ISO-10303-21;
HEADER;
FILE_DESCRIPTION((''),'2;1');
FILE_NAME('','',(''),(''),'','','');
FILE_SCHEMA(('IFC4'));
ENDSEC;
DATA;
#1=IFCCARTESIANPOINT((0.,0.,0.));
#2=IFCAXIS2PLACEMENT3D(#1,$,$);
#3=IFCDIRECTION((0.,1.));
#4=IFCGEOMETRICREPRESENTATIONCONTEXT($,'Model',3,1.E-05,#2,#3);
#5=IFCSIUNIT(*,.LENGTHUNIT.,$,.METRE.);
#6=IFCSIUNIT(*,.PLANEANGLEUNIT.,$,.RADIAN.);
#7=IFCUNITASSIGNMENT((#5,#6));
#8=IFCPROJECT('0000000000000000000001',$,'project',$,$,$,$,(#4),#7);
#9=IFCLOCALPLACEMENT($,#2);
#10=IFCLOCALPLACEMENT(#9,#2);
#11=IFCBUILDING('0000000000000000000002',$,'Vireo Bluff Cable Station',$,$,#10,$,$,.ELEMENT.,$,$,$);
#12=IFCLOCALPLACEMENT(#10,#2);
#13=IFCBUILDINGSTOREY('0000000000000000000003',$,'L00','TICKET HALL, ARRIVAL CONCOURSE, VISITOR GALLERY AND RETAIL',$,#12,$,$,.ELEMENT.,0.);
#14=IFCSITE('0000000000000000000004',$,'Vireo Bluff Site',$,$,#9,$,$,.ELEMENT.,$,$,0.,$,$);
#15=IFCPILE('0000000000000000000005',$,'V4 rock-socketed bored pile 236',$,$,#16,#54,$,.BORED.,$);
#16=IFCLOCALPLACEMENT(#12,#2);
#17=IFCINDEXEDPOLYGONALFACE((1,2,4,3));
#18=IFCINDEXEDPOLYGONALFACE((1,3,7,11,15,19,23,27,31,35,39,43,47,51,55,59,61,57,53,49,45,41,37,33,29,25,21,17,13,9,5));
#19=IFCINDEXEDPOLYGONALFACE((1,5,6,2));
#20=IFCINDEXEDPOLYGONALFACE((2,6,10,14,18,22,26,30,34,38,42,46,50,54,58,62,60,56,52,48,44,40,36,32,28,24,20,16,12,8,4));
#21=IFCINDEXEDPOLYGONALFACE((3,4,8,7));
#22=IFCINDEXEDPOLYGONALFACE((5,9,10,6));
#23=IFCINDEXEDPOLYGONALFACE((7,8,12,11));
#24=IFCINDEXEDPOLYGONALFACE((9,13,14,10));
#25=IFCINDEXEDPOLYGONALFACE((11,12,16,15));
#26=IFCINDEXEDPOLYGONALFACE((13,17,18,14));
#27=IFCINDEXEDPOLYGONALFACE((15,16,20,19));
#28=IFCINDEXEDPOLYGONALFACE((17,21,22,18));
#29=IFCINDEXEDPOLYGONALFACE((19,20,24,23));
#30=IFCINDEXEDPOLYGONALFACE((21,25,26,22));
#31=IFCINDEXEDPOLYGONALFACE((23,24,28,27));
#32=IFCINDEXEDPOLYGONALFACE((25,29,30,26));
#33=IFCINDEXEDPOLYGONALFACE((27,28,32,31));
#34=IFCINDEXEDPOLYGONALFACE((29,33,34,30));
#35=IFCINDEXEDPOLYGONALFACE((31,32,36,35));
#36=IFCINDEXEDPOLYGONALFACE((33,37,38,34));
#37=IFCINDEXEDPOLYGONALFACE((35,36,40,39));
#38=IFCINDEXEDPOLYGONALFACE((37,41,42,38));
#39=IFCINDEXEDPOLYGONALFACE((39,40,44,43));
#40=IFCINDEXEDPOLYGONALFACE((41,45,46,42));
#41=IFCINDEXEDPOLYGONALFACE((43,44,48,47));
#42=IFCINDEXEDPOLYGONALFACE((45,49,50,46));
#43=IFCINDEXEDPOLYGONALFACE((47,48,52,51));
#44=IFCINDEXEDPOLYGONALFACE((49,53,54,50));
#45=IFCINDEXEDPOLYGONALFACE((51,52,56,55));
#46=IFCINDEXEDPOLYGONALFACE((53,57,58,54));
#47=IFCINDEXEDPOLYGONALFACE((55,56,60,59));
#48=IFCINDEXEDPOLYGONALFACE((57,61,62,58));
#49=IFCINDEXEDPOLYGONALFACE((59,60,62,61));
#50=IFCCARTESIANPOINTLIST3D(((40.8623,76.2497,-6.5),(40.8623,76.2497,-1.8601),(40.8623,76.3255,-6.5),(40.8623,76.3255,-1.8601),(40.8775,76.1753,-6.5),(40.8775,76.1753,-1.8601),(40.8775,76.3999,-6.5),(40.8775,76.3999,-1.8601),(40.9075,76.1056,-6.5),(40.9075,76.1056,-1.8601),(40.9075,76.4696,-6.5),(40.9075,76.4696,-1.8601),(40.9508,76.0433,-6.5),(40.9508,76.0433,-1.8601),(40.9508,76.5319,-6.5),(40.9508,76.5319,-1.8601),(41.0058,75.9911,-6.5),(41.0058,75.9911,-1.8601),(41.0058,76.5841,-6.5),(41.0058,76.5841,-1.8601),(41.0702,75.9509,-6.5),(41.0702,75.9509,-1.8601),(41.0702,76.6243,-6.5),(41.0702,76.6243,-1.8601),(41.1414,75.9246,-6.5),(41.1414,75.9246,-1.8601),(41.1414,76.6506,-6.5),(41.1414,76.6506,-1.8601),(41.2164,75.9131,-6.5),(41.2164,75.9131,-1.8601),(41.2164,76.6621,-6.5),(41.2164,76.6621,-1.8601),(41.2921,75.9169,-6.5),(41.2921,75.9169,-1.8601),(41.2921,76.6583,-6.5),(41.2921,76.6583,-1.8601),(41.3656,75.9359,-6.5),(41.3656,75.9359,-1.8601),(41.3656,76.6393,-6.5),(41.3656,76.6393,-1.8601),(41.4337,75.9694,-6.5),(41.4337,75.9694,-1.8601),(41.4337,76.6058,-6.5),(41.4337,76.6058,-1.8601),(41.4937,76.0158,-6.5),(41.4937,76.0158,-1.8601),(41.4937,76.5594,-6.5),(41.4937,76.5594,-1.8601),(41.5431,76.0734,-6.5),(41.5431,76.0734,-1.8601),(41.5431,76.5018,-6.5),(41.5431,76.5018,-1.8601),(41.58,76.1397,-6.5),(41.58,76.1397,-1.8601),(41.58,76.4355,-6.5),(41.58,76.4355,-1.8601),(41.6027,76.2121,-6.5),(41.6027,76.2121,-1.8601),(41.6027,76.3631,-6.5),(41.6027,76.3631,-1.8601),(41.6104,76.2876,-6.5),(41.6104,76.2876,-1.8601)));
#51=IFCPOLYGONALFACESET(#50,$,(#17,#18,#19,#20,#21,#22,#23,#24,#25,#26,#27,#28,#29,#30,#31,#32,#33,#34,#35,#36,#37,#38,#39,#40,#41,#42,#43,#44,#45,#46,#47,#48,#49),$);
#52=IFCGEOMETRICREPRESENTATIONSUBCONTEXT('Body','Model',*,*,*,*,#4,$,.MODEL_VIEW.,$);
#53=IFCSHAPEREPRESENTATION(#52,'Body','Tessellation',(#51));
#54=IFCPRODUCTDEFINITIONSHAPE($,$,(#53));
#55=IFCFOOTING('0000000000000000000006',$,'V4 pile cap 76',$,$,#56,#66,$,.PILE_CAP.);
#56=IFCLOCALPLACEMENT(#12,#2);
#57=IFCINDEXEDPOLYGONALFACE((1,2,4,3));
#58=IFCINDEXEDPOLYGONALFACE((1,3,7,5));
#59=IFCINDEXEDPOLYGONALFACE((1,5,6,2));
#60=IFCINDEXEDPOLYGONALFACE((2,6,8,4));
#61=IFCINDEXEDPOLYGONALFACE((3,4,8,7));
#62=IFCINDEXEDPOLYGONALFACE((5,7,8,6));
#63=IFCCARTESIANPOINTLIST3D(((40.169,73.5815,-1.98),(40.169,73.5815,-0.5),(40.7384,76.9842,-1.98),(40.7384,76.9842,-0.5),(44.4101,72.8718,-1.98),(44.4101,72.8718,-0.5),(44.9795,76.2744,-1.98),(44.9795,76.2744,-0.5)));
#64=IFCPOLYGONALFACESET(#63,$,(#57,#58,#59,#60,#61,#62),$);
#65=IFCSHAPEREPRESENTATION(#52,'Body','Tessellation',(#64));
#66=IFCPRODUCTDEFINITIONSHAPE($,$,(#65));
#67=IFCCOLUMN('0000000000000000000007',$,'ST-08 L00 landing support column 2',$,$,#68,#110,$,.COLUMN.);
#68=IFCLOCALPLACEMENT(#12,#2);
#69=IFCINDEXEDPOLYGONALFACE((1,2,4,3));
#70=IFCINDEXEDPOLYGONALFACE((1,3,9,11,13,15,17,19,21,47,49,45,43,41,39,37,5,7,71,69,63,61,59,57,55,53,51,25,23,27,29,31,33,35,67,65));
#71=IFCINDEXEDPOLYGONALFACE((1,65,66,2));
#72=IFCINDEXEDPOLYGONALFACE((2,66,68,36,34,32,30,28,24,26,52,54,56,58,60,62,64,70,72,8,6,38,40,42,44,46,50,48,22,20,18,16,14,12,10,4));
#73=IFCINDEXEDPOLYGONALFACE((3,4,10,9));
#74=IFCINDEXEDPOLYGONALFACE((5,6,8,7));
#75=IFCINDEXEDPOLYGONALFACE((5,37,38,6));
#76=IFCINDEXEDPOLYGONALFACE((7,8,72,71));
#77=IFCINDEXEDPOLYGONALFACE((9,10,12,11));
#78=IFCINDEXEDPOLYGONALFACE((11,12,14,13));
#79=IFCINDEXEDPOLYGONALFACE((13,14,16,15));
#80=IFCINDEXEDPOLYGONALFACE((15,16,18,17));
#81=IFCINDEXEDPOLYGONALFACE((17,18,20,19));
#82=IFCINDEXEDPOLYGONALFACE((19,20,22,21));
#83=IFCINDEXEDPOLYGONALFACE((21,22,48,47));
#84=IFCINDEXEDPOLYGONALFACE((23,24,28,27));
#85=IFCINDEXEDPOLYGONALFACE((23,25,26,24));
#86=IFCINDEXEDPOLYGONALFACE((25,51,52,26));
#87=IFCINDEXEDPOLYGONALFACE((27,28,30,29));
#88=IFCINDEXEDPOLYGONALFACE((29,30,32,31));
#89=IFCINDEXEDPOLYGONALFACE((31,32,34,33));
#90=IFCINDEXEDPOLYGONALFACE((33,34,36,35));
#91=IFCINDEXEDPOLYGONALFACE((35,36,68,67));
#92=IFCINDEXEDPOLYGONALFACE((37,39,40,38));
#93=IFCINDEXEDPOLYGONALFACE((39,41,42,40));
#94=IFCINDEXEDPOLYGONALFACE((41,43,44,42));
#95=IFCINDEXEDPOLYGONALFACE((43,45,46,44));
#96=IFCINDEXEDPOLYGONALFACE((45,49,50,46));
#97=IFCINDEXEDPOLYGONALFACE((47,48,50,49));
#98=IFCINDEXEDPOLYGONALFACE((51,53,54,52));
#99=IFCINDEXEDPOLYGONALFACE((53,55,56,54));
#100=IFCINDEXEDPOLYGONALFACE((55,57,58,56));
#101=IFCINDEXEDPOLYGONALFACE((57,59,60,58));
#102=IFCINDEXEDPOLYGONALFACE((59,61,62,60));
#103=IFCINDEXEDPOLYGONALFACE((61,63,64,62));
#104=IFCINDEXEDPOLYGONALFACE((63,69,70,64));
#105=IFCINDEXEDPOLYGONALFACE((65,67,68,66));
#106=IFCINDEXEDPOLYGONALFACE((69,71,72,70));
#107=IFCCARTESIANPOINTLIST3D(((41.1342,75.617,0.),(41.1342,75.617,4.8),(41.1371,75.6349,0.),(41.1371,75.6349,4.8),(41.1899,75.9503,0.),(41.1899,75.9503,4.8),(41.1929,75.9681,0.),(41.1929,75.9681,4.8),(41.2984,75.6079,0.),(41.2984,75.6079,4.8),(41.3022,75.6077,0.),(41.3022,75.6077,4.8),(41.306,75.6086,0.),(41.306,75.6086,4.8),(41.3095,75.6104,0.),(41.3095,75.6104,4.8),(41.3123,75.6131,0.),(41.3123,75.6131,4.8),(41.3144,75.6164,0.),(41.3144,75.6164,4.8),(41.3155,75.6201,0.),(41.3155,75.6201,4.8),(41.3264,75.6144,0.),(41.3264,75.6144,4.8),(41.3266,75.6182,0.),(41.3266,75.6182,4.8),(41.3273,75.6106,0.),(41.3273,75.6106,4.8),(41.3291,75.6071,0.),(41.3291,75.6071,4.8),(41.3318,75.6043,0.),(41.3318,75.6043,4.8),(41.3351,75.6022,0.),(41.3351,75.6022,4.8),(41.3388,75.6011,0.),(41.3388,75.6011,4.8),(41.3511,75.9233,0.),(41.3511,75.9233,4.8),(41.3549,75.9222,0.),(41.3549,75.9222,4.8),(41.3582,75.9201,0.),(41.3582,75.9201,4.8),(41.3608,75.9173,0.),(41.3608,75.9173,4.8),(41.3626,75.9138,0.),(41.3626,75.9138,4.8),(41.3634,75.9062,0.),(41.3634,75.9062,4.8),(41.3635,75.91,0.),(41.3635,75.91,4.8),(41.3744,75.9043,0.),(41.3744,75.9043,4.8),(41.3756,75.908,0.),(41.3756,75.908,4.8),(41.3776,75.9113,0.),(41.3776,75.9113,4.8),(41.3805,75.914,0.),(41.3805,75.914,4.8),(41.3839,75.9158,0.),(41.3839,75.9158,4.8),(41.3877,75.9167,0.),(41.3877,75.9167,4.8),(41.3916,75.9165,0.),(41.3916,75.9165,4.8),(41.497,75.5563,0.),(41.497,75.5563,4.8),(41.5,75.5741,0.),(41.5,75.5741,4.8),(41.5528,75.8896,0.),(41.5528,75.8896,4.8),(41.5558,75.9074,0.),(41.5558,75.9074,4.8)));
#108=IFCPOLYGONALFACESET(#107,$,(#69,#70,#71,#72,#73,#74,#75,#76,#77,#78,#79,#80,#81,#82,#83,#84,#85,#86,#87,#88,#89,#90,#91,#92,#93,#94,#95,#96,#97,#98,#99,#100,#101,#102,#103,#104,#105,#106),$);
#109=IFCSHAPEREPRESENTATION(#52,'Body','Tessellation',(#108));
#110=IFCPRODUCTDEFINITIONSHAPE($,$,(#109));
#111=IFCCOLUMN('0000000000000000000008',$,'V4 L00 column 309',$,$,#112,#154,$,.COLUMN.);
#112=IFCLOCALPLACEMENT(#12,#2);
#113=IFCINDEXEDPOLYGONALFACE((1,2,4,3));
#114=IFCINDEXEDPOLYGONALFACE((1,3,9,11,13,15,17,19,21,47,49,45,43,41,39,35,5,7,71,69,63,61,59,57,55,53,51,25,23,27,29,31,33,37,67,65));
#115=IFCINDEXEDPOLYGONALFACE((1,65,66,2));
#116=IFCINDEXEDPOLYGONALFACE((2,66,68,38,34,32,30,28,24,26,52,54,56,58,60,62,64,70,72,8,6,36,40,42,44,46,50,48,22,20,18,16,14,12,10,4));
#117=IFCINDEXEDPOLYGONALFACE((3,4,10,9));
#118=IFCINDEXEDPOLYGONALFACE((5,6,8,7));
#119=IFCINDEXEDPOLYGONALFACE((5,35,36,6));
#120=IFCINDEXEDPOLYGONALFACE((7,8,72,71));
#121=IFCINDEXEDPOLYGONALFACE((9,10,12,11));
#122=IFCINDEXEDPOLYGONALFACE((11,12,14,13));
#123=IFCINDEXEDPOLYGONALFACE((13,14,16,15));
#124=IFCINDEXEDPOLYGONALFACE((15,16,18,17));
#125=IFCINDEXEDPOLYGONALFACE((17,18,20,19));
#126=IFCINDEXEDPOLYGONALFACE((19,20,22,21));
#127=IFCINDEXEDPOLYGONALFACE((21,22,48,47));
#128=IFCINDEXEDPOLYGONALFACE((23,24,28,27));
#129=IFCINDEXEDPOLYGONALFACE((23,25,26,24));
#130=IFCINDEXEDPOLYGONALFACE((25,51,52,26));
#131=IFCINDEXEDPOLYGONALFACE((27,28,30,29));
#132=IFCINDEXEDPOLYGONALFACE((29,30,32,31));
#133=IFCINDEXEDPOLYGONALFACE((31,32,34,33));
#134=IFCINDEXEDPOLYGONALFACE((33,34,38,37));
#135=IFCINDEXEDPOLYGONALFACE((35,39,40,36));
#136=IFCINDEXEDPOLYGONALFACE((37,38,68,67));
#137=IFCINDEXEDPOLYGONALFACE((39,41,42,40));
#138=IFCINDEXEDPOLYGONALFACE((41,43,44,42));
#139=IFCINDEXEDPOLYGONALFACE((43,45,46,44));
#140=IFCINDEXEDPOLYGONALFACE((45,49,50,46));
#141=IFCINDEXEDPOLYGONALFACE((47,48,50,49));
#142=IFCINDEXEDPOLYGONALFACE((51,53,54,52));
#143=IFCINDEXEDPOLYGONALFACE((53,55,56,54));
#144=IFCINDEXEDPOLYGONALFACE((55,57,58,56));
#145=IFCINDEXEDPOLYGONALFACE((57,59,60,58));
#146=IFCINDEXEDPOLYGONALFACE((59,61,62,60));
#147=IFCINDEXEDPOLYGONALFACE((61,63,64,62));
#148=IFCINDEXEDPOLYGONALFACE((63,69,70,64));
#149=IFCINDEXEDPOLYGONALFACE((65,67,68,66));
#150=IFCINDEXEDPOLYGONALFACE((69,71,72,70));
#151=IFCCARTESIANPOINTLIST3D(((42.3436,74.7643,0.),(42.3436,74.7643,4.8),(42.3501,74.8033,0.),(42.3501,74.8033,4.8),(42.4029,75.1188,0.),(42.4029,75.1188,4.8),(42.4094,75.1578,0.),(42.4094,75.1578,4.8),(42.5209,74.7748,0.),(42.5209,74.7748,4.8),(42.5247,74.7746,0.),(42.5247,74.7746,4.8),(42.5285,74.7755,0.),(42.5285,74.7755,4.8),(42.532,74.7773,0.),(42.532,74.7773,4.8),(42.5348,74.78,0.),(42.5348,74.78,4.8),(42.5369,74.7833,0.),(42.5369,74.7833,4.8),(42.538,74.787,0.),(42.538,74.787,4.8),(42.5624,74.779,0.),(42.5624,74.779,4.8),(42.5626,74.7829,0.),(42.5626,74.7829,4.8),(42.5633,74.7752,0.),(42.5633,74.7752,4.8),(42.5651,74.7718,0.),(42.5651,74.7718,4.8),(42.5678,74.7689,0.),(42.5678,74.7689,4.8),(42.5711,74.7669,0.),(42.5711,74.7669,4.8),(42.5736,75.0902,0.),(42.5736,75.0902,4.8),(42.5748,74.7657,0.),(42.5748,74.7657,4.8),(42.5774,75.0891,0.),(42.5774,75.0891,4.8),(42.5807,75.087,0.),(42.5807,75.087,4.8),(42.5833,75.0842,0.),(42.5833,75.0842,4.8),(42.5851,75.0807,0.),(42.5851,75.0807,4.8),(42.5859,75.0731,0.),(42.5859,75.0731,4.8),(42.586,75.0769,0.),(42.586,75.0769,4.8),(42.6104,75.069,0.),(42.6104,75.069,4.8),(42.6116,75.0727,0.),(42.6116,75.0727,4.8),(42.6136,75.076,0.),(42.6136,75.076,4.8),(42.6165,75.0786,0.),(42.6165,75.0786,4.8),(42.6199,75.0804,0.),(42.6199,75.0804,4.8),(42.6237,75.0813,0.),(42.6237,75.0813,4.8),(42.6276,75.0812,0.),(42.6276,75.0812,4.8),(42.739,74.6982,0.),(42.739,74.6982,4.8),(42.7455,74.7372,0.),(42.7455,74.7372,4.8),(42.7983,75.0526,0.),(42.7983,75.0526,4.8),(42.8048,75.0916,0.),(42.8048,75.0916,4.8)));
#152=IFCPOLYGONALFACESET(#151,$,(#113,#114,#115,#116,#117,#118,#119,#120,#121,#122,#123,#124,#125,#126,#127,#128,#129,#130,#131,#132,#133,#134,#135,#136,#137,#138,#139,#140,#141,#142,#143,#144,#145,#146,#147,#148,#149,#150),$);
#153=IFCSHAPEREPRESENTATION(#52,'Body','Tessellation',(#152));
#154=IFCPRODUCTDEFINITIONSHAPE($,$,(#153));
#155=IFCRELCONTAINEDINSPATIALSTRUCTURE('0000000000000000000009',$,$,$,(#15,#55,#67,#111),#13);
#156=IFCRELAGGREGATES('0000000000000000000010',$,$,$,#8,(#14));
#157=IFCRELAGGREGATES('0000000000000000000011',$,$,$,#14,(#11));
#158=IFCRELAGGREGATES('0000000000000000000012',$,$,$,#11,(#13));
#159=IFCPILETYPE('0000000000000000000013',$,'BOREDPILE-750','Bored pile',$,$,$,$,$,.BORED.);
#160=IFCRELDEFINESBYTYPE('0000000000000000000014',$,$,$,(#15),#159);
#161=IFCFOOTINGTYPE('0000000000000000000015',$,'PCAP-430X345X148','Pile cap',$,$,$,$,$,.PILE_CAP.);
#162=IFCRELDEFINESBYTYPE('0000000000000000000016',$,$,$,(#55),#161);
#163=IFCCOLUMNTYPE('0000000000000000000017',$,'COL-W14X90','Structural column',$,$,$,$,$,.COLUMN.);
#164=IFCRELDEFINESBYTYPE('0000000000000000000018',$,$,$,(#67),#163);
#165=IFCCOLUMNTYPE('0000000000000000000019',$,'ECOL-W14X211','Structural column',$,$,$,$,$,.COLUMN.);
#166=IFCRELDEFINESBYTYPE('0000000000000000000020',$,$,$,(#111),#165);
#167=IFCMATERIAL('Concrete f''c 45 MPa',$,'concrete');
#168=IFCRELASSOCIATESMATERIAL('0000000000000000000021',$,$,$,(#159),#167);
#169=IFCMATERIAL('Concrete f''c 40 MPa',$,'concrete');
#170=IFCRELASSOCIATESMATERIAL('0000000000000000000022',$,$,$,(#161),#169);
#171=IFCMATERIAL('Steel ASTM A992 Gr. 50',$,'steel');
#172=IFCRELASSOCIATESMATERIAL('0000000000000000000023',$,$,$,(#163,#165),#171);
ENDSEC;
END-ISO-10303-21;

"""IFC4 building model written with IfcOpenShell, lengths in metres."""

from ifc_helpers import new_model, si_unit, direction, frame, origin, origin_2d, place, context, subcontext, project, spatial, rectangle, circle, i_section, extrude, material, material_profile, profile_set, type_object, element, save


model = new_model("IFC4")

# Units and contexts
model_context = context("Model", 3, precision=1e-05, world=origin(), true_north=direction((0.0, 1.0)))
body_context = subcontext(model_context, "Body", "Model", "MODEL_VIEW")
ifc_project = project(units=[si_unit("LENGTHUNIT", "METRE"), si_unit("PLANEANGLEUNIT", "RADIAN")], contexts=[model_context])

# Site, building, storey
site_placement = place(None, origin())
site = spatial("IfcSite", under=ifc_project, at=site_placement, Name="Vireo Bluff Site", CompositionType="ELEMENT", RefElevation=0.0)
building_placement = place(site_placement, origin())
building = spatial("IfcBuilding", under=site, at=building_placement, Name="Vireo Bluff Cable Station", CompositionType="ELEMENT")
storey_placement = place(building_placement, origin())
storey = spatial("IfcBuildingStorey", under=building, at=storey_placement, Name="L00", Description="TICKET HALL, ARRIVAL CONCOURSE, VISITOR GALLERY AND RETAIL", CompositionType="ELEMENT", Elevation=0.0)

# Pile
ifc_material_1 = material(Name="Concrete f'c 45 MPa", Category="concrete")
ifc_material_profile_1 = material_profile(ifc_material_1, circle(Radius=0.375, at=origin_2d()), Name="BOREDPILE-750")
ifc_profile_set_1 = profile_set([ifc_material_profile_1], Name="Concrete f'c 45 MPa")
pile_type = type_object("IfcPileType", Name="BOREDPILE-750", Description="Bored pile", PredefinedType="BORED", material=ifc_profile_set_1)
pile_placement = place(storey_placement, frame((41.2354, 76.2876, -1.8601), z_axis=(0.0, 0.0, -1.0), x_axis=(1.0, 0.0, 0.0)))
element("IfcPile", 1, at=pile_placement, inside=storey, type_object=pile_type, Name="V4 rock-socketed bored pile 236", PredefinedType="BORED", context=body_context, shape_type="SweptSolid", body=[
    extrude(circle(Radius=0.375, at=origin_2d()), origin(), (0.0, 0.0, 1.0), 4.6399),
])

# Footing
ifc_material_2 = material(Name="Concrete f'c 40 MPa", Category="concrete")
footing_type = type_object("IfcFootingType", Name="PCAP-430X345X148", Description="Pile cap", PredefinedType="PILE_CAP", material=ifc_material_2)
footing_placement = place(storey_placement, frame((42.5742, 74.928, -1.98), z_axis=(0.0, 0.0, 1.0), x_axis=(0.986286, -0.165048, 0.0)))
element("IfcFooting", 2, at=footing_placement, inside=storey, type_object=footing_type, Name="V4 pile cap 76", PredefinedType="PILE_CAP", context=body_context, shape_type="SweptSolid", body=[
    extrude(rectangle(XDim=4.3, YDim=3.45, at=origin_2d()), origin(), (0.0, 0.0, 1.0), 1.48),
])

# Columns
ifc_material_3 = material(Name="Steel ASTM A992 Gr. 50", Category="steel")
ifc_material_profile_2 = material_profile(ifc_material_3, i_section(OverallWidth=0.3679, OverallDepth=0.356, WebThickness=0.0112, FlangeThickness=0.0181, FilletRadius=0.0149, at=origin_2d()), Name="W14X90")
ifc_profile_set_2 = profile_set([ifc_material_profile_2], Name="Steel ASTM A992 Gr. 50")
column_type_1 = type_object("IfcColumnType", Name="COL-W14X90", Description="Structural column", PredefinedType="COLUMN", material=ifc_profile_set_2)
column_1_placement = place(storey_placement, frame((41.345, 75.7622, 0.0), z_axis=(0.0, 0.0, 1.0), x_axis=(0.986286, -0.165048, 0.0)))
element("IfcColumn", 3, at=column_1_placement, inside=storey, type_object=column_type_1, Name="ST-08 L00 landing support column 2", PredefinedType="COLUMN", context=body_context, shape_type="SweptSolid", body=[
    extrude(i_section(OverallWidth=0.3679, OverallDepth=0.356, WebThickness=0.0112, FlangeThickness=0.0181, FilletRadius=0.0149, at=origin_2d()), origin(), (0.0, 0.0, 1.0), 4.8),
])
ifc_material_profile_3 = material_profile(ifc_material_3, i_section(OverallWidth=0.4009, OverallDepth=0.3989, WebThickness=0.0249, FlangeThickness=0.0396, FilletRadius=0.0149, at=origin_2d()), Name="W14X211")
ifc_profile_set_3 = profile_set([ifc_material_profile_3], Name="Steel ASTM A992 Gr. 50")
column_type_2 = type_object("IfcColumnType", Name="ECOL-W14X211", Description="Structural column", PredefinedType="COLUMN", material=ifc_profile_set_3)
column_2_placement = place(storey_placement, frame((42.5742, 74.928, 0.0), z_axis=(0.0, 0.0, 1.0), x_axis=(0.986286, -0.165048, 0.0)))
element("IfcColumn", 4, at=column_2_placement, inside=storey, type_object=column_type_2, Name="V4 L00 column 309", PredefinedType="COLUMN", context=body_context, shape_type="SweptSolid", body=[
    extrude(i_section(OverallWidth=0.4009, OverallDepth=0.3989, WebThickness=0.0249, FlangeThickness=0.0396, FilletRadius=0.0149, at=origin_2d()), origin(), (0.0, 0.0, 1.0), 4.8),
])

save(model, "model.ifc")
